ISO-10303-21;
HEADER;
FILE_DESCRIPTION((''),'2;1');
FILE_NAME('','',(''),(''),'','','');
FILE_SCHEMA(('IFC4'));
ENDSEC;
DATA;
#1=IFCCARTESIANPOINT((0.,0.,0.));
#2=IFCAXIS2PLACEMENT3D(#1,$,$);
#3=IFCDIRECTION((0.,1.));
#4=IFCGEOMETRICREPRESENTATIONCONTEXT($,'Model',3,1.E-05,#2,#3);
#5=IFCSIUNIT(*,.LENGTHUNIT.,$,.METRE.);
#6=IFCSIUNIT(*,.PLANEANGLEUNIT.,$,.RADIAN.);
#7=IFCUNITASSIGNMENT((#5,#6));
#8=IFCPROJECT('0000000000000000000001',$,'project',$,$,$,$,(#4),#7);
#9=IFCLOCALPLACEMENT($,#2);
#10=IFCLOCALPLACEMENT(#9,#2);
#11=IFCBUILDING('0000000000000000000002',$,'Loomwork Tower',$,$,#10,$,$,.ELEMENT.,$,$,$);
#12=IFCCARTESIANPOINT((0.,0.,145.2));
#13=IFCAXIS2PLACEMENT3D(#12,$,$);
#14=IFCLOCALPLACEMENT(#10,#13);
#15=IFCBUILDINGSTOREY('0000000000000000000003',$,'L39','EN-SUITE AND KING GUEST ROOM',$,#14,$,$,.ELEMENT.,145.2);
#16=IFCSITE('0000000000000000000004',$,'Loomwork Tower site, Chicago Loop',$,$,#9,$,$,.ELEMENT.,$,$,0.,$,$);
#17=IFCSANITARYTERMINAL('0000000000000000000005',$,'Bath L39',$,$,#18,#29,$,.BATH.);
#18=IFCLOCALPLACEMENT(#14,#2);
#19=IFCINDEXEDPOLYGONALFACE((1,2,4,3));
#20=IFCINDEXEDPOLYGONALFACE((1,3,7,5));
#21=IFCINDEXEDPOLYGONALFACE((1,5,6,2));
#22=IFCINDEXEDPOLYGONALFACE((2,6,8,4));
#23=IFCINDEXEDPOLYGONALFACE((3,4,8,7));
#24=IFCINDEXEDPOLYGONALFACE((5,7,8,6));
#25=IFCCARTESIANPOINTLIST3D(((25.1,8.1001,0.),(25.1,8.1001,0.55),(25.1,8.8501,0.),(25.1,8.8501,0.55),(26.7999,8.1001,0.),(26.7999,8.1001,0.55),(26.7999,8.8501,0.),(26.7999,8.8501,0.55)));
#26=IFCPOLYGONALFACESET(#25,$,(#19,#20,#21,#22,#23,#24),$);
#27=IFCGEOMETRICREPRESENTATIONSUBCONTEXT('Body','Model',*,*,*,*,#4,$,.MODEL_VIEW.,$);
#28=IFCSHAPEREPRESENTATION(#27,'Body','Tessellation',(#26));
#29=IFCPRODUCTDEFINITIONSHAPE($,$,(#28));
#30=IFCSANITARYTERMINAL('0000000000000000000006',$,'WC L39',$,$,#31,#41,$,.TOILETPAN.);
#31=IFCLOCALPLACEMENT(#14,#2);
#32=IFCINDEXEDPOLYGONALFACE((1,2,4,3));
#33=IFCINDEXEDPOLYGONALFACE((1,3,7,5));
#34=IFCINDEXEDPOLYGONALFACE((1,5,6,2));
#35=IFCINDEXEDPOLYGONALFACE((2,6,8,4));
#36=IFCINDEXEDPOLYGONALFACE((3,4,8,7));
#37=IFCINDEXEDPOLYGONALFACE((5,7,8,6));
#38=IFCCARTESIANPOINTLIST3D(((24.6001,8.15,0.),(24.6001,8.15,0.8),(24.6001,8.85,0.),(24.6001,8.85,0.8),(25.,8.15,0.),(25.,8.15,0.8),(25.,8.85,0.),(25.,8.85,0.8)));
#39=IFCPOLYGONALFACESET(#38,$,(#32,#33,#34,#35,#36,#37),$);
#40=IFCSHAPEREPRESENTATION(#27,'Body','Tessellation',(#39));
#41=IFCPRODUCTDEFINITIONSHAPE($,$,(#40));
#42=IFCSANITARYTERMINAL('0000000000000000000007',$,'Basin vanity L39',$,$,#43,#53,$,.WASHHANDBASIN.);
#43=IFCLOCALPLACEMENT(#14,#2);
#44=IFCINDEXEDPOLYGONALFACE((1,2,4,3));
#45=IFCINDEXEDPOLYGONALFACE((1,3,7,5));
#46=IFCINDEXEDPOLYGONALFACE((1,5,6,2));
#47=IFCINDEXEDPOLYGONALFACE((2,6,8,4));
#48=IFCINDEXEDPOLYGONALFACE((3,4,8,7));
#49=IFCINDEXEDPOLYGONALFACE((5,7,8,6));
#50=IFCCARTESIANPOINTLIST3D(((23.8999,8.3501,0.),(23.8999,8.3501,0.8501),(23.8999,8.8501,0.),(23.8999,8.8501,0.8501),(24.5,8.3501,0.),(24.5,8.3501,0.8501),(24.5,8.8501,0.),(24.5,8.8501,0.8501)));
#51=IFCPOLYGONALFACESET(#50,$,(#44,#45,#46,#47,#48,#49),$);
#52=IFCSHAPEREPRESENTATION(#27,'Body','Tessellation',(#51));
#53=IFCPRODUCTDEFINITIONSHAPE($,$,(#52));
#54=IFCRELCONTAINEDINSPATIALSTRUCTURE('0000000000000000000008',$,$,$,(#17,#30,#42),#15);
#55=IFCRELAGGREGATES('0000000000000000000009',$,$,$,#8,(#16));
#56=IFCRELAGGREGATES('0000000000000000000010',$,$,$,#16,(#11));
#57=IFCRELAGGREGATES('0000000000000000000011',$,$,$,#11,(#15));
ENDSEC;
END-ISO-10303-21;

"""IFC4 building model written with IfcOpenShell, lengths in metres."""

from ifc_helpers import new_model, si_unit, direction, frame, origin, origin_2d, place, context, subcontext, project, spatial, rectangle, extrude, element, save


model = new_model("IFC4")

# Units and contexts
model_context = context("Model", 3, precision=1e-05, world=origin(), true_north=direction((0.0, 1.0)))
body_context = subcontext(model_context, "Body", "Model", "MODEL_VIEW")
ifc_project = project(units=[si_unit("LENGTHUNIT", "METRE"), si_unit("PLANEANGLEUNIT", "RADIAN")], contexts=[model_context])

# Site, building, storey
site_placement = place(None, origin())
site = spatial("IfcSite", under=ifc_project, at=site_placement, Name="Loomwork Tower site, Chicago Loop", CompositionType="ELEMENT", RefElevation=0.0)
building_placement = place(site_placement, origin())
building = spatial("IfcBuilding", under=site, at=building_placement, Name="Loomwork Tower", CompositionType="ELEMENT")
storey_placement = place(building_placement, frame((0.0, 0.0, 145.2)))
storey = spatial("IfcBuildingStorey", under=building, at=storey_placement, Name="L39", Description="EN-SUITE AND KING GUEST ROOM", CompositionType="ELEMENT", Elevation=145.2)

# Sanitary terminals
sanitary_terminal_1_placement = place(storey_placement, frame((25.95, 8.4751, 0.0), z_axis=(0.0, 0.0, 1.0), x_axis=(1.0, 0.0, 0.0)))
element("IfcSanitaryTerminal", 1, at=sanitary_terminal_1_placement, inside=storey, Name="Bath L39", PredefinedType="BATH", context=body_context, shape_type="SweptSolid", body=[
    extrude(rectangle(XDim=1.7, YDim=0.75, at=origin_2d()), origin(), (0.0, 0.0, 1.0), 0.55),
])
sanitary_terminal_2_placement = place(storey_placement, frame((24.8, 8.5, 0.0), z_axis=(0.0, 0.0, 1.0), x_axis=(1.0, 0.0, 0.0)))
element("IfcSanitaryTerminal", 2, at=sanitary_terminal_2_placement, inside=storey, Name="WC L39", PredefinedType="TOILETPAN", context=body_context, shape_type="SweptSolid", body=[
    extrude(rectangle(XDim=0.3999, YDim=0.7, at=origin_2d()), origin(), (0.0, 0.0, 1.0), 0.8),
])
sanitary_terminal_3_placement = place(storey_placement, frame((24.2, 8.6001, 0.0), z_axis=(0.0, 0.0, 1.0), x_axis=(1.0, 0.0, 0.0)))
element("IfcSanitaryTerminal", 3, at=sanitary_terminal_3_placement, inside=storey, Name="Basin vanity L39", PredefinedType="WASHHANDBASIN", context=body_context, shape_type="SweptSolid", body=[
    extrude(rectangle(XDim=0.6001, YDim=0.5, at=origin_2d()), origin(), (0.0, 0.0, 1.0), 0.8501),
])

save(model, "model.ifc")
